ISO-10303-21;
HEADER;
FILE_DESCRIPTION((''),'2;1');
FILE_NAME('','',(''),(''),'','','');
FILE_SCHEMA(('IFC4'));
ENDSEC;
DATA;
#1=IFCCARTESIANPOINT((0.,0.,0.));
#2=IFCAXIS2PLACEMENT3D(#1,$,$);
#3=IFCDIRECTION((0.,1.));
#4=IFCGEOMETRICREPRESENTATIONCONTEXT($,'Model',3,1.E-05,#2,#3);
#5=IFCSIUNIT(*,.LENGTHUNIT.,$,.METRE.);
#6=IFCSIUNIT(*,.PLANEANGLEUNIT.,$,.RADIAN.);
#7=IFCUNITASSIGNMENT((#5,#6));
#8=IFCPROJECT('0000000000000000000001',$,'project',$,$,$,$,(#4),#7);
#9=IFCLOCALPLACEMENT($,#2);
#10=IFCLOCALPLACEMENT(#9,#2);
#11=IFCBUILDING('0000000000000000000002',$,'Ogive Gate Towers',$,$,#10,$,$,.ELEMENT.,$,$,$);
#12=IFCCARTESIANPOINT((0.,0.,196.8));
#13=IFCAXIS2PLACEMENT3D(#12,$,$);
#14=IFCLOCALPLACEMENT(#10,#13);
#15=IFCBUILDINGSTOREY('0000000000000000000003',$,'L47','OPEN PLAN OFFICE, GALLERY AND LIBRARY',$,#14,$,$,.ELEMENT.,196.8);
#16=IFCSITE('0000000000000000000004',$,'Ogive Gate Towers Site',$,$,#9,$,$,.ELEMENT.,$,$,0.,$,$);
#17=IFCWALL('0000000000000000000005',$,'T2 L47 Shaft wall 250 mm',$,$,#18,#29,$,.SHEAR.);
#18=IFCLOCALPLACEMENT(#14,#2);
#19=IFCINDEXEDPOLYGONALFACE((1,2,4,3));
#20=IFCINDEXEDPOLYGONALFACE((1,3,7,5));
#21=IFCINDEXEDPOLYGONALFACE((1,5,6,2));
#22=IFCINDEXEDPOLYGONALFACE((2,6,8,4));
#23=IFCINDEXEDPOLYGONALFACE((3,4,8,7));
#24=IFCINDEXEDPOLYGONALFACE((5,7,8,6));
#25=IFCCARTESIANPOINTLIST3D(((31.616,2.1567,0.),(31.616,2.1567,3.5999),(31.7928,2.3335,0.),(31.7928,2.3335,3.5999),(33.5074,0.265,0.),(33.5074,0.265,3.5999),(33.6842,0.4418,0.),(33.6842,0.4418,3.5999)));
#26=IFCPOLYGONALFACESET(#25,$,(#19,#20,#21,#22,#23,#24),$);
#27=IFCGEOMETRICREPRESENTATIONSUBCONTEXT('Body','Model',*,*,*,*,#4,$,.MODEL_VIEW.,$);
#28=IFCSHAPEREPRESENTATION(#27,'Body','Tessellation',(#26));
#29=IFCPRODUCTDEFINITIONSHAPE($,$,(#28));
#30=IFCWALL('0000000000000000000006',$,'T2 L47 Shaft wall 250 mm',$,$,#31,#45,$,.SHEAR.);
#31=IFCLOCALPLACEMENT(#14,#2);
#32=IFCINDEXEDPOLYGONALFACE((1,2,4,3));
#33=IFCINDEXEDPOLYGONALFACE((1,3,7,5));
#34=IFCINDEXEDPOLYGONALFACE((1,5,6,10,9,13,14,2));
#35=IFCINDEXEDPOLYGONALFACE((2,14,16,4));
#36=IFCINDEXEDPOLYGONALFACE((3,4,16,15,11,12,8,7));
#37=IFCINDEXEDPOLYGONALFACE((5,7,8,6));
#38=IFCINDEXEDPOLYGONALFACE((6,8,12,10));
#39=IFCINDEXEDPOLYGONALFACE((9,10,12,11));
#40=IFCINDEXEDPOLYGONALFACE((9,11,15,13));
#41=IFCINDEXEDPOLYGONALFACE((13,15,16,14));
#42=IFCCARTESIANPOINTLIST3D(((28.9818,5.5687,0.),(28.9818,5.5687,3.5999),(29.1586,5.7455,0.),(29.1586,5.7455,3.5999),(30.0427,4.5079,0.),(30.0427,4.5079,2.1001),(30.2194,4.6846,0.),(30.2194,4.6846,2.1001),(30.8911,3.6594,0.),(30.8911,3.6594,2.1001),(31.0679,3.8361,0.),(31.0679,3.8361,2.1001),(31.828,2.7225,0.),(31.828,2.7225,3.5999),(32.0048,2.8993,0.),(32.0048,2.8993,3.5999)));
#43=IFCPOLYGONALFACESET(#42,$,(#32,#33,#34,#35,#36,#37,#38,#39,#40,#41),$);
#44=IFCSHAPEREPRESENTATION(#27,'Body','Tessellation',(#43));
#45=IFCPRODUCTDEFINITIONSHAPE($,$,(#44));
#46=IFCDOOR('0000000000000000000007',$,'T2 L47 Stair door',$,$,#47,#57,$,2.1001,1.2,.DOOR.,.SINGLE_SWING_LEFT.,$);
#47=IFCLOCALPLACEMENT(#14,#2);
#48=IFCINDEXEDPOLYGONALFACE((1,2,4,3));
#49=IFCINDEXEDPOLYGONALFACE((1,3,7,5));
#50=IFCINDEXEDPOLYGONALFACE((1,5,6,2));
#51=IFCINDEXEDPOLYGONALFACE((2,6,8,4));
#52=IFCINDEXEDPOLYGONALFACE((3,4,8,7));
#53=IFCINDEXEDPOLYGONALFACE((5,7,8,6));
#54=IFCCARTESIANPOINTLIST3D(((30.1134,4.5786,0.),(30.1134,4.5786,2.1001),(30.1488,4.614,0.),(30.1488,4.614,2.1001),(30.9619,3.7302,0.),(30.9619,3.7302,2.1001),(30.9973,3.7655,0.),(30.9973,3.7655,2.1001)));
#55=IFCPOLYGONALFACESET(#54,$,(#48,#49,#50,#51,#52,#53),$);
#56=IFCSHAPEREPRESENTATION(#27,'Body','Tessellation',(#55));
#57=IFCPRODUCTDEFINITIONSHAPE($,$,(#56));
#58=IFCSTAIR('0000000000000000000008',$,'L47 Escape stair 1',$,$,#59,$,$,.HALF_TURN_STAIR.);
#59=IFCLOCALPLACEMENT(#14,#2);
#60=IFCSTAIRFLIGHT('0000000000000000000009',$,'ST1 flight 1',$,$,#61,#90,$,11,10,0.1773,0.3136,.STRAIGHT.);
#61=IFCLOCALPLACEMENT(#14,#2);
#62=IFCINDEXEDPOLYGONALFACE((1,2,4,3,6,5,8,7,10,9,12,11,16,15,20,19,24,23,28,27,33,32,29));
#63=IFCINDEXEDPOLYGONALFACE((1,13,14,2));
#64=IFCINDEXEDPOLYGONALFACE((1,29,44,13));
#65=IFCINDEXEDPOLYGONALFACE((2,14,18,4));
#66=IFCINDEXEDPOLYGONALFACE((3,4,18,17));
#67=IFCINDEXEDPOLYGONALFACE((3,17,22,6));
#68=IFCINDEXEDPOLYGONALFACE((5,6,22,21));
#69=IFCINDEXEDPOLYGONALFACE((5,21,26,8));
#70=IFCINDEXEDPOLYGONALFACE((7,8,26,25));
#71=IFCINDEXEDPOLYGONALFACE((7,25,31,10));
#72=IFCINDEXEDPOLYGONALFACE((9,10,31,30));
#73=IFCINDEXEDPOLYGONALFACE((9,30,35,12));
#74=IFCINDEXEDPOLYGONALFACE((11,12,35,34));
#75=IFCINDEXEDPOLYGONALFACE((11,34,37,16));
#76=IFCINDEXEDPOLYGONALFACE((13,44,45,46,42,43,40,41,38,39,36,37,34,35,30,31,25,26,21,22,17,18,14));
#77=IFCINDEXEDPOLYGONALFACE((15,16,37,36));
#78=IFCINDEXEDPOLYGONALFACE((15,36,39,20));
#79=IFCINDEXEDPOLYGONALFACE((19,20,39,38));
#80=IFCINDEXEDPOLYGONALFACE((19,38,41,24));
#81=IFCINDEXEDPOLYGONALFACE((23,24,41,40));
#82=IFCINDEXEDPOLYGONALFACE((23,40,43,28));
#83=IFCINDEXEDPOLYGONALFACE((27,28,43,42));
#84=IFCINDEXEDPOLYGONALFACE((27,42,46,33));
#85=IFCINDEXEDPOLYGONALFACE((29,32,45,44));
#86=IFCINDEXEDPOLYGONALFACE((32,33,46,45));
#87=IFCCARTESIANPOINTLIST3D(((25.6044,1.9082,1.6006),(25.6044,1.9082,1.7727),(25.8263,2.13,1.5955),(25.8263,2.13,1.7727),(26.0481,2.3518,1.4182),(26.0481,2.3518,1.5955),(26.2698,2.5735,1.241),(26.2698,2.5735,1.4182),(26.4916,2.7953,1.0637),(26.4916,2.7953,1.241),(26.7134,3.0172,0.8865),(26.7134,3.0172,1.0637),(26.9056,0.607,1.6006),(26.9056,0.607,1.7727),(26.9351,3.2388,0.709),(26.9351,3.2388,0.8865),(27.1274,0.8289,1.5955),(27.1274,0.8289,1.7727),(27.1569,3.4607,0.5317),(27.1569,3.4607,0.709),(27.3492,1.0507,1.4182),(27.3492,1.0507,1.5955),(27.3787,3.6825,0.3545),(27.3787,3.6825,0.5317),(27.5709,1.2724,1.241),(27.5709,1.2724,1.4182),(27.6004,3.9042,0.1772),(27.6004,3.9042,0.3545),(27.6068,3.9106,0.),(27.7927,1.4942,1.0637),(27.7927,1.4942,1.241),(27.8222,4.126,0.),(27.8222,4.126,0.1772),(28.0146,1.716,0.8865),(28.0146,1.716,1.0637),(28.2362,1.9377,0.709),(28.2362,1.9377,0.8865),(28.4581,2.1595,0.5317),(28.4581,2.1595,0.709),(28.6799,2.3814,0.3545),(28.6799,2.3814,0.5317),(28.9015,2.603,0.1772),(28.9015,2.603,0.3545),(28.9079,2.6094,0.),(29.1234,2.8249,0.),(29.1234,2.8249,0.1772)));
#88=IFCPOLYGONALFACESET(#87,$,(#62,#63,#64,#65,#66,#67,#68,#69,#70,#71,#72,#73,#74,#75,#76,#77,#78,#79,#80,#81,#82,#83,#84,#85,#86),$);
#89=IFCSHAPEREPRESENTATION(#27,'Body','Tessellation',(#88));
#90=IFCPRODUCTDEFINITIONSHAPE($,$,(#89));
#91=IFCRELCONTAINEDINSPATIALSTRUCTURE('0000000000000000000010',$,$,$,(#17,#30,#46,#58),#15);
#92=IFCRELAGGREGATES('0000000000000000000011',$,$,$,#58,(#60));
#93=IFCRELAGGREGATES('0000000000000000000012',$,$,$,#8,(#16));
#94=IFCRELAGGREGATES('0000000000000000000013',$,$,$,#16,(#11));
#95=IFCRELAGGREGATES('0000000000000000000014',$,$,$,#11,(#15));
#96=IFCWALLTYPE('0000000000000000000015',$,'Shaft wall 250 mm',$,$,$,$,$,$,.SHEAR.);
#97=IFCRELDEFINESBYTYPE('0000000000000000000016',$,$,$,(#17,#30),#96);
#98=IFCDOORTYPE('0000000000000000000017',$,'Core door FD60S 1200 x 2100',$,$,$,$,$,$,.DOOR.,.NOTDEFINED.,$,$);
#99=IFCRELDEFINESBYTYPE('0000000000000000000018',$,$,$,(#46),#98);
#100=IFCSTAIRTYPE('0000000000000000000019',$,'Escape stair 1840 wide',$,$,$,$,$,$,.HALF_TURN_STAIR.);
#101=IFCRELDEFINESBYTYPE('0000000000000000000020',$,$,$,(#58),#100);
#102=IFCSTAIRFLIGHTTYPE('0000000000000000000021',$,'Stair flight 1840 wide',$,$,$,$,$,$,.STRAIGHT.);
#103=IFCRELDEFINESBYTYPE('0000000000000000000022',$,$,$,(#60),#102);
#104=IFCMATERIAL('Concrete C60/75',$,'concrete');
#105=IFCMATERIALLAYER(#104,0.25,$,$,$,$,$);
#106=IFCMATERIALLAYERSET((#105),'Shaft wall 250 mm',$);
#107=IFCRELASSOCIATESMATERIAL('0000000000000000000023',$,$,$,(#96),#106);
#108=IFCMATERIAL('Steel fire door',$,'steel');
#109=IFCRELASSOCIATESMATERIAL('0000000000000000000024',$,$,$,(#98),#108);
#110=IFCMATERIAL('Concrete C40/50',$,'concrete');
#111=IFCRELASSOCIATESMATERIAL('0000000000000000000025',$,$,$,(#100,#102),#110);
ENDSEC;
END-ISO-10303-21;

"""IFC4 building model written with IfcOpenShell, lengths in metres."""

from ifc_helpers import new_model, si_unit, direction, frame, frame_2d, origin, place, context, subcontext, project, spatial, polyline, rectangle, outline, extrude, material, layer, layer_set, type_object, element, fill, aggregate, save


model = new_model("IFC4")

# Units and contexts
model_context = context("Model", 3, precision=1e-05, world=origin(), true_north=direction((0.0, 1.0)))
body_context = subcontext(model_context, "Body", "Model", "MODEL_VIEW")
ifc_project = project(units=[si_unit("LENGTHUNIT", "METRE"), si_unit("PLANEANGLEUNIT", "RADIAN")], contexts=[model_context])

# Site, building, storey
site_placement = place(None, origin())
site = spatial("IfcSite", under=ifc_project, at=site_placement, Name="Ogive Gate Towers Site", CompositionType="ELEMENT", RefElevation=0.0)
building_placement = place(site_placement, origin())
building = spatial("IfcBuilding", under=site, at=building_placement, Name="Ogive Gate Towers", CompositionType="ELEMENT")
storey_placement = place(building_placement, frame((0.0, 0.0, 196.8)))
storey = spatial("IfcBuildingStorey", under=building, at=storey_placement, Name="L47", Description="OPEN PLAN OFFICE, GALLERY AND LIBRARY", CompositionType="ELEMENT", Elevation=196.8)

# Shared definitions
ifc_material_1 = material(Name="Concrete C40/50", Category="concrete")

# Wall
ifc_material_2 = material(Name="Concrete C60/75", Category="concrete")
ifc_layer_1 = layer(ifc_material_2, 0.25)
ifc_layer_set_1 = layer_set([ifc_layer_1], Name="Shaft wall 250 mm")
wall_type_1 = type_object("IfcWallType", Name="Shaft wall 250 mm", PredefinedType="SHEAR", material=ifc_layer_set_1)
wall_1_placement = place(storey_placement, frame((33.5957, 0.3535, 0.0), z_axis=(0.0, 0.0, 1.0), x_axis=(-0.707061, 0.707152, 0.0)))
element("IfcWall", 1, at=wall_1_placement, inside=storey, type_object=wall_type_1, Name="T2 L47 Shaft wall 250 mm", PredefinedType="SHEAR", context=body_context, shape_type="SweptSolid", body=[
    extrude(rectangle(XDim=2.675, YDim=0.25, at=frame_2d((1.3374, 0.0))), origin(), (0.0, 0.0, 1.0), 3.5999),
])

# Wall, opening, door
wall_2_placement = place(storey_placement, frame((31.9165, 2.8108, 0.0), z_axis=(0.0, 0.0, 1.0), x_axis=(-0.707107, 0.707107, 0.0)))
wall_2 = element("IfcWall", 2, at=wall_2_placement, inside=storey, type_object=wall_type_1, Name="T2 L47 Shaft wall 250 mm", PredefinedType="SHEAR", context=body_context, shape_type="SweptSolid", body=[
    extrude(rectangle(XDim=4.0251, YDim=0.25, at=frame_2d((2.0127, 0.0))), origin(), (0.0, 0.0, 1.0), 3.5999),
])
opening_1_placement = place(wall_2_placement, frame((1.325, 0.0, 0.0)))
opening_1 = element("IfcOpeningElement", 3, at=opening_1_placement, cuts=wall_2, PredefinedType="OPENING", context=body_context, shape_type="SweptSolid", body=[
    extrude(rectangle(XDim=1.2, YDim=2.1001, at=frame_2d((0.6001, 1.05))), frame((0.0, 0.135, 0.0), z_axis=(0.0, -1.0, 0.0), x_axis=(1.0, 0.0, 0.0)), (0.0, 0.0, 1.0), 0.27),
])
ifc_material_3 = material(Name="Steel fire door", Category="steel")
door_type_1 = type_object("IfcDoorType", Name="Core door FD60S 1200 x 2100", OperationType="NOTDEFINED", PredefinedType="DOOR", material=ifc_material_3)
door_1_placement = place(opening_1_placement, origin())
door_1 = element("IfcDoor", 4, at=door_1_placement, inside=storey, type_object=door_type_1, Name="T2 L47 Stair door", OperationType="SINGLE_SWING_LEFT", OverallHeight=2.1001, OverallWidth=1.2, PredefinedType="DOOR", context=body_context, shape_type="SweptSolid", body=[
    extrude(rectangle(XDim=1.2, YDim=2.1001, at=frame_2d((0.6001, 1.05))), frame((0.0, 0.0249, 0.0), z_axis=(0.0, -1.0, 0.0), x_axis=(1.0, 0.0, 0.0)), (0.0, 0.0, 1.0), 0.05),
])
fill(opening_1, door_1)

# Stair, stair flight
stair_type = type_object("IfcStairType", Name="Escape stair 1840 wide", PredefinedType="HALF_TURN_STAIR", material=ifc_material_1)
stair_placement = place(storey_placement, origin())
stair = element("IfcStair", 5, at=stair_placement, inside=storey, type_object=stair_type, Name="L47 Escape stair 1", PredefinedType="HALF_TURN_STAIR")
stair_flight_type = type_object("IfcStairFlightType", Name="Stair flight 1840 wide", PredefinedType="STRAIGHT", material=ifc_material_1)
stair_flight_placement = place(storey_placement, frame((28.4729, 3.4753, 0.0), z_axis=(0.0, 0.0, 1.0), x_axis=(-0.707107, -0.707107, 0.0)))
stair_flight = element("IfcStairFlight", 6, at=stair_flight_placement, type_object=stair_flight_type, Name="ST1 flight 1", NumberOfRisers=11, NumberOfTreads=10, PredefinedType="STRAIGHT", RiserHeight=0.1773, TreadLength=0.3136, context=body_context, shape_type="SweptSolid", body=[
    extrude(outline(polyline([(0.0, 0.0), (0.0, 0.1772), (0.3137, 0.1772), (0.3137, 0.3545), (0.6272, 0.3545), (0.6272, 0.5317), (0.9409, 0.5317), (0.9409, 0.709), (1.2546, 0.709), (1.2546, 0.8865), (1.5681, 0.8865), (1.5681, 1.0637), (1.8818, 1.0637), (1.8818, 1.241), (2.1956, 1.241), (2.1956, 1.4182), (2.509, 1.4182), (2.509, 1.5955), (2.8228, 1.5955), (2.8228, 1.7727), (3.1365, 1.7727), (3.1365, 1.95), (3.1365, 1.6006), (0.3047, 0.0), (0.0, 0.0)])), frame((0.0, 0.9199, 0.0), z_axis=(0.0, -1.0, 0.0), x_axis=(1.0, 0.0, 0.0)), (0.0, 0.0, 1.0), 1.8401),
])
aggregate(stair, [stair_flight])

save(model, "model.ifc")
